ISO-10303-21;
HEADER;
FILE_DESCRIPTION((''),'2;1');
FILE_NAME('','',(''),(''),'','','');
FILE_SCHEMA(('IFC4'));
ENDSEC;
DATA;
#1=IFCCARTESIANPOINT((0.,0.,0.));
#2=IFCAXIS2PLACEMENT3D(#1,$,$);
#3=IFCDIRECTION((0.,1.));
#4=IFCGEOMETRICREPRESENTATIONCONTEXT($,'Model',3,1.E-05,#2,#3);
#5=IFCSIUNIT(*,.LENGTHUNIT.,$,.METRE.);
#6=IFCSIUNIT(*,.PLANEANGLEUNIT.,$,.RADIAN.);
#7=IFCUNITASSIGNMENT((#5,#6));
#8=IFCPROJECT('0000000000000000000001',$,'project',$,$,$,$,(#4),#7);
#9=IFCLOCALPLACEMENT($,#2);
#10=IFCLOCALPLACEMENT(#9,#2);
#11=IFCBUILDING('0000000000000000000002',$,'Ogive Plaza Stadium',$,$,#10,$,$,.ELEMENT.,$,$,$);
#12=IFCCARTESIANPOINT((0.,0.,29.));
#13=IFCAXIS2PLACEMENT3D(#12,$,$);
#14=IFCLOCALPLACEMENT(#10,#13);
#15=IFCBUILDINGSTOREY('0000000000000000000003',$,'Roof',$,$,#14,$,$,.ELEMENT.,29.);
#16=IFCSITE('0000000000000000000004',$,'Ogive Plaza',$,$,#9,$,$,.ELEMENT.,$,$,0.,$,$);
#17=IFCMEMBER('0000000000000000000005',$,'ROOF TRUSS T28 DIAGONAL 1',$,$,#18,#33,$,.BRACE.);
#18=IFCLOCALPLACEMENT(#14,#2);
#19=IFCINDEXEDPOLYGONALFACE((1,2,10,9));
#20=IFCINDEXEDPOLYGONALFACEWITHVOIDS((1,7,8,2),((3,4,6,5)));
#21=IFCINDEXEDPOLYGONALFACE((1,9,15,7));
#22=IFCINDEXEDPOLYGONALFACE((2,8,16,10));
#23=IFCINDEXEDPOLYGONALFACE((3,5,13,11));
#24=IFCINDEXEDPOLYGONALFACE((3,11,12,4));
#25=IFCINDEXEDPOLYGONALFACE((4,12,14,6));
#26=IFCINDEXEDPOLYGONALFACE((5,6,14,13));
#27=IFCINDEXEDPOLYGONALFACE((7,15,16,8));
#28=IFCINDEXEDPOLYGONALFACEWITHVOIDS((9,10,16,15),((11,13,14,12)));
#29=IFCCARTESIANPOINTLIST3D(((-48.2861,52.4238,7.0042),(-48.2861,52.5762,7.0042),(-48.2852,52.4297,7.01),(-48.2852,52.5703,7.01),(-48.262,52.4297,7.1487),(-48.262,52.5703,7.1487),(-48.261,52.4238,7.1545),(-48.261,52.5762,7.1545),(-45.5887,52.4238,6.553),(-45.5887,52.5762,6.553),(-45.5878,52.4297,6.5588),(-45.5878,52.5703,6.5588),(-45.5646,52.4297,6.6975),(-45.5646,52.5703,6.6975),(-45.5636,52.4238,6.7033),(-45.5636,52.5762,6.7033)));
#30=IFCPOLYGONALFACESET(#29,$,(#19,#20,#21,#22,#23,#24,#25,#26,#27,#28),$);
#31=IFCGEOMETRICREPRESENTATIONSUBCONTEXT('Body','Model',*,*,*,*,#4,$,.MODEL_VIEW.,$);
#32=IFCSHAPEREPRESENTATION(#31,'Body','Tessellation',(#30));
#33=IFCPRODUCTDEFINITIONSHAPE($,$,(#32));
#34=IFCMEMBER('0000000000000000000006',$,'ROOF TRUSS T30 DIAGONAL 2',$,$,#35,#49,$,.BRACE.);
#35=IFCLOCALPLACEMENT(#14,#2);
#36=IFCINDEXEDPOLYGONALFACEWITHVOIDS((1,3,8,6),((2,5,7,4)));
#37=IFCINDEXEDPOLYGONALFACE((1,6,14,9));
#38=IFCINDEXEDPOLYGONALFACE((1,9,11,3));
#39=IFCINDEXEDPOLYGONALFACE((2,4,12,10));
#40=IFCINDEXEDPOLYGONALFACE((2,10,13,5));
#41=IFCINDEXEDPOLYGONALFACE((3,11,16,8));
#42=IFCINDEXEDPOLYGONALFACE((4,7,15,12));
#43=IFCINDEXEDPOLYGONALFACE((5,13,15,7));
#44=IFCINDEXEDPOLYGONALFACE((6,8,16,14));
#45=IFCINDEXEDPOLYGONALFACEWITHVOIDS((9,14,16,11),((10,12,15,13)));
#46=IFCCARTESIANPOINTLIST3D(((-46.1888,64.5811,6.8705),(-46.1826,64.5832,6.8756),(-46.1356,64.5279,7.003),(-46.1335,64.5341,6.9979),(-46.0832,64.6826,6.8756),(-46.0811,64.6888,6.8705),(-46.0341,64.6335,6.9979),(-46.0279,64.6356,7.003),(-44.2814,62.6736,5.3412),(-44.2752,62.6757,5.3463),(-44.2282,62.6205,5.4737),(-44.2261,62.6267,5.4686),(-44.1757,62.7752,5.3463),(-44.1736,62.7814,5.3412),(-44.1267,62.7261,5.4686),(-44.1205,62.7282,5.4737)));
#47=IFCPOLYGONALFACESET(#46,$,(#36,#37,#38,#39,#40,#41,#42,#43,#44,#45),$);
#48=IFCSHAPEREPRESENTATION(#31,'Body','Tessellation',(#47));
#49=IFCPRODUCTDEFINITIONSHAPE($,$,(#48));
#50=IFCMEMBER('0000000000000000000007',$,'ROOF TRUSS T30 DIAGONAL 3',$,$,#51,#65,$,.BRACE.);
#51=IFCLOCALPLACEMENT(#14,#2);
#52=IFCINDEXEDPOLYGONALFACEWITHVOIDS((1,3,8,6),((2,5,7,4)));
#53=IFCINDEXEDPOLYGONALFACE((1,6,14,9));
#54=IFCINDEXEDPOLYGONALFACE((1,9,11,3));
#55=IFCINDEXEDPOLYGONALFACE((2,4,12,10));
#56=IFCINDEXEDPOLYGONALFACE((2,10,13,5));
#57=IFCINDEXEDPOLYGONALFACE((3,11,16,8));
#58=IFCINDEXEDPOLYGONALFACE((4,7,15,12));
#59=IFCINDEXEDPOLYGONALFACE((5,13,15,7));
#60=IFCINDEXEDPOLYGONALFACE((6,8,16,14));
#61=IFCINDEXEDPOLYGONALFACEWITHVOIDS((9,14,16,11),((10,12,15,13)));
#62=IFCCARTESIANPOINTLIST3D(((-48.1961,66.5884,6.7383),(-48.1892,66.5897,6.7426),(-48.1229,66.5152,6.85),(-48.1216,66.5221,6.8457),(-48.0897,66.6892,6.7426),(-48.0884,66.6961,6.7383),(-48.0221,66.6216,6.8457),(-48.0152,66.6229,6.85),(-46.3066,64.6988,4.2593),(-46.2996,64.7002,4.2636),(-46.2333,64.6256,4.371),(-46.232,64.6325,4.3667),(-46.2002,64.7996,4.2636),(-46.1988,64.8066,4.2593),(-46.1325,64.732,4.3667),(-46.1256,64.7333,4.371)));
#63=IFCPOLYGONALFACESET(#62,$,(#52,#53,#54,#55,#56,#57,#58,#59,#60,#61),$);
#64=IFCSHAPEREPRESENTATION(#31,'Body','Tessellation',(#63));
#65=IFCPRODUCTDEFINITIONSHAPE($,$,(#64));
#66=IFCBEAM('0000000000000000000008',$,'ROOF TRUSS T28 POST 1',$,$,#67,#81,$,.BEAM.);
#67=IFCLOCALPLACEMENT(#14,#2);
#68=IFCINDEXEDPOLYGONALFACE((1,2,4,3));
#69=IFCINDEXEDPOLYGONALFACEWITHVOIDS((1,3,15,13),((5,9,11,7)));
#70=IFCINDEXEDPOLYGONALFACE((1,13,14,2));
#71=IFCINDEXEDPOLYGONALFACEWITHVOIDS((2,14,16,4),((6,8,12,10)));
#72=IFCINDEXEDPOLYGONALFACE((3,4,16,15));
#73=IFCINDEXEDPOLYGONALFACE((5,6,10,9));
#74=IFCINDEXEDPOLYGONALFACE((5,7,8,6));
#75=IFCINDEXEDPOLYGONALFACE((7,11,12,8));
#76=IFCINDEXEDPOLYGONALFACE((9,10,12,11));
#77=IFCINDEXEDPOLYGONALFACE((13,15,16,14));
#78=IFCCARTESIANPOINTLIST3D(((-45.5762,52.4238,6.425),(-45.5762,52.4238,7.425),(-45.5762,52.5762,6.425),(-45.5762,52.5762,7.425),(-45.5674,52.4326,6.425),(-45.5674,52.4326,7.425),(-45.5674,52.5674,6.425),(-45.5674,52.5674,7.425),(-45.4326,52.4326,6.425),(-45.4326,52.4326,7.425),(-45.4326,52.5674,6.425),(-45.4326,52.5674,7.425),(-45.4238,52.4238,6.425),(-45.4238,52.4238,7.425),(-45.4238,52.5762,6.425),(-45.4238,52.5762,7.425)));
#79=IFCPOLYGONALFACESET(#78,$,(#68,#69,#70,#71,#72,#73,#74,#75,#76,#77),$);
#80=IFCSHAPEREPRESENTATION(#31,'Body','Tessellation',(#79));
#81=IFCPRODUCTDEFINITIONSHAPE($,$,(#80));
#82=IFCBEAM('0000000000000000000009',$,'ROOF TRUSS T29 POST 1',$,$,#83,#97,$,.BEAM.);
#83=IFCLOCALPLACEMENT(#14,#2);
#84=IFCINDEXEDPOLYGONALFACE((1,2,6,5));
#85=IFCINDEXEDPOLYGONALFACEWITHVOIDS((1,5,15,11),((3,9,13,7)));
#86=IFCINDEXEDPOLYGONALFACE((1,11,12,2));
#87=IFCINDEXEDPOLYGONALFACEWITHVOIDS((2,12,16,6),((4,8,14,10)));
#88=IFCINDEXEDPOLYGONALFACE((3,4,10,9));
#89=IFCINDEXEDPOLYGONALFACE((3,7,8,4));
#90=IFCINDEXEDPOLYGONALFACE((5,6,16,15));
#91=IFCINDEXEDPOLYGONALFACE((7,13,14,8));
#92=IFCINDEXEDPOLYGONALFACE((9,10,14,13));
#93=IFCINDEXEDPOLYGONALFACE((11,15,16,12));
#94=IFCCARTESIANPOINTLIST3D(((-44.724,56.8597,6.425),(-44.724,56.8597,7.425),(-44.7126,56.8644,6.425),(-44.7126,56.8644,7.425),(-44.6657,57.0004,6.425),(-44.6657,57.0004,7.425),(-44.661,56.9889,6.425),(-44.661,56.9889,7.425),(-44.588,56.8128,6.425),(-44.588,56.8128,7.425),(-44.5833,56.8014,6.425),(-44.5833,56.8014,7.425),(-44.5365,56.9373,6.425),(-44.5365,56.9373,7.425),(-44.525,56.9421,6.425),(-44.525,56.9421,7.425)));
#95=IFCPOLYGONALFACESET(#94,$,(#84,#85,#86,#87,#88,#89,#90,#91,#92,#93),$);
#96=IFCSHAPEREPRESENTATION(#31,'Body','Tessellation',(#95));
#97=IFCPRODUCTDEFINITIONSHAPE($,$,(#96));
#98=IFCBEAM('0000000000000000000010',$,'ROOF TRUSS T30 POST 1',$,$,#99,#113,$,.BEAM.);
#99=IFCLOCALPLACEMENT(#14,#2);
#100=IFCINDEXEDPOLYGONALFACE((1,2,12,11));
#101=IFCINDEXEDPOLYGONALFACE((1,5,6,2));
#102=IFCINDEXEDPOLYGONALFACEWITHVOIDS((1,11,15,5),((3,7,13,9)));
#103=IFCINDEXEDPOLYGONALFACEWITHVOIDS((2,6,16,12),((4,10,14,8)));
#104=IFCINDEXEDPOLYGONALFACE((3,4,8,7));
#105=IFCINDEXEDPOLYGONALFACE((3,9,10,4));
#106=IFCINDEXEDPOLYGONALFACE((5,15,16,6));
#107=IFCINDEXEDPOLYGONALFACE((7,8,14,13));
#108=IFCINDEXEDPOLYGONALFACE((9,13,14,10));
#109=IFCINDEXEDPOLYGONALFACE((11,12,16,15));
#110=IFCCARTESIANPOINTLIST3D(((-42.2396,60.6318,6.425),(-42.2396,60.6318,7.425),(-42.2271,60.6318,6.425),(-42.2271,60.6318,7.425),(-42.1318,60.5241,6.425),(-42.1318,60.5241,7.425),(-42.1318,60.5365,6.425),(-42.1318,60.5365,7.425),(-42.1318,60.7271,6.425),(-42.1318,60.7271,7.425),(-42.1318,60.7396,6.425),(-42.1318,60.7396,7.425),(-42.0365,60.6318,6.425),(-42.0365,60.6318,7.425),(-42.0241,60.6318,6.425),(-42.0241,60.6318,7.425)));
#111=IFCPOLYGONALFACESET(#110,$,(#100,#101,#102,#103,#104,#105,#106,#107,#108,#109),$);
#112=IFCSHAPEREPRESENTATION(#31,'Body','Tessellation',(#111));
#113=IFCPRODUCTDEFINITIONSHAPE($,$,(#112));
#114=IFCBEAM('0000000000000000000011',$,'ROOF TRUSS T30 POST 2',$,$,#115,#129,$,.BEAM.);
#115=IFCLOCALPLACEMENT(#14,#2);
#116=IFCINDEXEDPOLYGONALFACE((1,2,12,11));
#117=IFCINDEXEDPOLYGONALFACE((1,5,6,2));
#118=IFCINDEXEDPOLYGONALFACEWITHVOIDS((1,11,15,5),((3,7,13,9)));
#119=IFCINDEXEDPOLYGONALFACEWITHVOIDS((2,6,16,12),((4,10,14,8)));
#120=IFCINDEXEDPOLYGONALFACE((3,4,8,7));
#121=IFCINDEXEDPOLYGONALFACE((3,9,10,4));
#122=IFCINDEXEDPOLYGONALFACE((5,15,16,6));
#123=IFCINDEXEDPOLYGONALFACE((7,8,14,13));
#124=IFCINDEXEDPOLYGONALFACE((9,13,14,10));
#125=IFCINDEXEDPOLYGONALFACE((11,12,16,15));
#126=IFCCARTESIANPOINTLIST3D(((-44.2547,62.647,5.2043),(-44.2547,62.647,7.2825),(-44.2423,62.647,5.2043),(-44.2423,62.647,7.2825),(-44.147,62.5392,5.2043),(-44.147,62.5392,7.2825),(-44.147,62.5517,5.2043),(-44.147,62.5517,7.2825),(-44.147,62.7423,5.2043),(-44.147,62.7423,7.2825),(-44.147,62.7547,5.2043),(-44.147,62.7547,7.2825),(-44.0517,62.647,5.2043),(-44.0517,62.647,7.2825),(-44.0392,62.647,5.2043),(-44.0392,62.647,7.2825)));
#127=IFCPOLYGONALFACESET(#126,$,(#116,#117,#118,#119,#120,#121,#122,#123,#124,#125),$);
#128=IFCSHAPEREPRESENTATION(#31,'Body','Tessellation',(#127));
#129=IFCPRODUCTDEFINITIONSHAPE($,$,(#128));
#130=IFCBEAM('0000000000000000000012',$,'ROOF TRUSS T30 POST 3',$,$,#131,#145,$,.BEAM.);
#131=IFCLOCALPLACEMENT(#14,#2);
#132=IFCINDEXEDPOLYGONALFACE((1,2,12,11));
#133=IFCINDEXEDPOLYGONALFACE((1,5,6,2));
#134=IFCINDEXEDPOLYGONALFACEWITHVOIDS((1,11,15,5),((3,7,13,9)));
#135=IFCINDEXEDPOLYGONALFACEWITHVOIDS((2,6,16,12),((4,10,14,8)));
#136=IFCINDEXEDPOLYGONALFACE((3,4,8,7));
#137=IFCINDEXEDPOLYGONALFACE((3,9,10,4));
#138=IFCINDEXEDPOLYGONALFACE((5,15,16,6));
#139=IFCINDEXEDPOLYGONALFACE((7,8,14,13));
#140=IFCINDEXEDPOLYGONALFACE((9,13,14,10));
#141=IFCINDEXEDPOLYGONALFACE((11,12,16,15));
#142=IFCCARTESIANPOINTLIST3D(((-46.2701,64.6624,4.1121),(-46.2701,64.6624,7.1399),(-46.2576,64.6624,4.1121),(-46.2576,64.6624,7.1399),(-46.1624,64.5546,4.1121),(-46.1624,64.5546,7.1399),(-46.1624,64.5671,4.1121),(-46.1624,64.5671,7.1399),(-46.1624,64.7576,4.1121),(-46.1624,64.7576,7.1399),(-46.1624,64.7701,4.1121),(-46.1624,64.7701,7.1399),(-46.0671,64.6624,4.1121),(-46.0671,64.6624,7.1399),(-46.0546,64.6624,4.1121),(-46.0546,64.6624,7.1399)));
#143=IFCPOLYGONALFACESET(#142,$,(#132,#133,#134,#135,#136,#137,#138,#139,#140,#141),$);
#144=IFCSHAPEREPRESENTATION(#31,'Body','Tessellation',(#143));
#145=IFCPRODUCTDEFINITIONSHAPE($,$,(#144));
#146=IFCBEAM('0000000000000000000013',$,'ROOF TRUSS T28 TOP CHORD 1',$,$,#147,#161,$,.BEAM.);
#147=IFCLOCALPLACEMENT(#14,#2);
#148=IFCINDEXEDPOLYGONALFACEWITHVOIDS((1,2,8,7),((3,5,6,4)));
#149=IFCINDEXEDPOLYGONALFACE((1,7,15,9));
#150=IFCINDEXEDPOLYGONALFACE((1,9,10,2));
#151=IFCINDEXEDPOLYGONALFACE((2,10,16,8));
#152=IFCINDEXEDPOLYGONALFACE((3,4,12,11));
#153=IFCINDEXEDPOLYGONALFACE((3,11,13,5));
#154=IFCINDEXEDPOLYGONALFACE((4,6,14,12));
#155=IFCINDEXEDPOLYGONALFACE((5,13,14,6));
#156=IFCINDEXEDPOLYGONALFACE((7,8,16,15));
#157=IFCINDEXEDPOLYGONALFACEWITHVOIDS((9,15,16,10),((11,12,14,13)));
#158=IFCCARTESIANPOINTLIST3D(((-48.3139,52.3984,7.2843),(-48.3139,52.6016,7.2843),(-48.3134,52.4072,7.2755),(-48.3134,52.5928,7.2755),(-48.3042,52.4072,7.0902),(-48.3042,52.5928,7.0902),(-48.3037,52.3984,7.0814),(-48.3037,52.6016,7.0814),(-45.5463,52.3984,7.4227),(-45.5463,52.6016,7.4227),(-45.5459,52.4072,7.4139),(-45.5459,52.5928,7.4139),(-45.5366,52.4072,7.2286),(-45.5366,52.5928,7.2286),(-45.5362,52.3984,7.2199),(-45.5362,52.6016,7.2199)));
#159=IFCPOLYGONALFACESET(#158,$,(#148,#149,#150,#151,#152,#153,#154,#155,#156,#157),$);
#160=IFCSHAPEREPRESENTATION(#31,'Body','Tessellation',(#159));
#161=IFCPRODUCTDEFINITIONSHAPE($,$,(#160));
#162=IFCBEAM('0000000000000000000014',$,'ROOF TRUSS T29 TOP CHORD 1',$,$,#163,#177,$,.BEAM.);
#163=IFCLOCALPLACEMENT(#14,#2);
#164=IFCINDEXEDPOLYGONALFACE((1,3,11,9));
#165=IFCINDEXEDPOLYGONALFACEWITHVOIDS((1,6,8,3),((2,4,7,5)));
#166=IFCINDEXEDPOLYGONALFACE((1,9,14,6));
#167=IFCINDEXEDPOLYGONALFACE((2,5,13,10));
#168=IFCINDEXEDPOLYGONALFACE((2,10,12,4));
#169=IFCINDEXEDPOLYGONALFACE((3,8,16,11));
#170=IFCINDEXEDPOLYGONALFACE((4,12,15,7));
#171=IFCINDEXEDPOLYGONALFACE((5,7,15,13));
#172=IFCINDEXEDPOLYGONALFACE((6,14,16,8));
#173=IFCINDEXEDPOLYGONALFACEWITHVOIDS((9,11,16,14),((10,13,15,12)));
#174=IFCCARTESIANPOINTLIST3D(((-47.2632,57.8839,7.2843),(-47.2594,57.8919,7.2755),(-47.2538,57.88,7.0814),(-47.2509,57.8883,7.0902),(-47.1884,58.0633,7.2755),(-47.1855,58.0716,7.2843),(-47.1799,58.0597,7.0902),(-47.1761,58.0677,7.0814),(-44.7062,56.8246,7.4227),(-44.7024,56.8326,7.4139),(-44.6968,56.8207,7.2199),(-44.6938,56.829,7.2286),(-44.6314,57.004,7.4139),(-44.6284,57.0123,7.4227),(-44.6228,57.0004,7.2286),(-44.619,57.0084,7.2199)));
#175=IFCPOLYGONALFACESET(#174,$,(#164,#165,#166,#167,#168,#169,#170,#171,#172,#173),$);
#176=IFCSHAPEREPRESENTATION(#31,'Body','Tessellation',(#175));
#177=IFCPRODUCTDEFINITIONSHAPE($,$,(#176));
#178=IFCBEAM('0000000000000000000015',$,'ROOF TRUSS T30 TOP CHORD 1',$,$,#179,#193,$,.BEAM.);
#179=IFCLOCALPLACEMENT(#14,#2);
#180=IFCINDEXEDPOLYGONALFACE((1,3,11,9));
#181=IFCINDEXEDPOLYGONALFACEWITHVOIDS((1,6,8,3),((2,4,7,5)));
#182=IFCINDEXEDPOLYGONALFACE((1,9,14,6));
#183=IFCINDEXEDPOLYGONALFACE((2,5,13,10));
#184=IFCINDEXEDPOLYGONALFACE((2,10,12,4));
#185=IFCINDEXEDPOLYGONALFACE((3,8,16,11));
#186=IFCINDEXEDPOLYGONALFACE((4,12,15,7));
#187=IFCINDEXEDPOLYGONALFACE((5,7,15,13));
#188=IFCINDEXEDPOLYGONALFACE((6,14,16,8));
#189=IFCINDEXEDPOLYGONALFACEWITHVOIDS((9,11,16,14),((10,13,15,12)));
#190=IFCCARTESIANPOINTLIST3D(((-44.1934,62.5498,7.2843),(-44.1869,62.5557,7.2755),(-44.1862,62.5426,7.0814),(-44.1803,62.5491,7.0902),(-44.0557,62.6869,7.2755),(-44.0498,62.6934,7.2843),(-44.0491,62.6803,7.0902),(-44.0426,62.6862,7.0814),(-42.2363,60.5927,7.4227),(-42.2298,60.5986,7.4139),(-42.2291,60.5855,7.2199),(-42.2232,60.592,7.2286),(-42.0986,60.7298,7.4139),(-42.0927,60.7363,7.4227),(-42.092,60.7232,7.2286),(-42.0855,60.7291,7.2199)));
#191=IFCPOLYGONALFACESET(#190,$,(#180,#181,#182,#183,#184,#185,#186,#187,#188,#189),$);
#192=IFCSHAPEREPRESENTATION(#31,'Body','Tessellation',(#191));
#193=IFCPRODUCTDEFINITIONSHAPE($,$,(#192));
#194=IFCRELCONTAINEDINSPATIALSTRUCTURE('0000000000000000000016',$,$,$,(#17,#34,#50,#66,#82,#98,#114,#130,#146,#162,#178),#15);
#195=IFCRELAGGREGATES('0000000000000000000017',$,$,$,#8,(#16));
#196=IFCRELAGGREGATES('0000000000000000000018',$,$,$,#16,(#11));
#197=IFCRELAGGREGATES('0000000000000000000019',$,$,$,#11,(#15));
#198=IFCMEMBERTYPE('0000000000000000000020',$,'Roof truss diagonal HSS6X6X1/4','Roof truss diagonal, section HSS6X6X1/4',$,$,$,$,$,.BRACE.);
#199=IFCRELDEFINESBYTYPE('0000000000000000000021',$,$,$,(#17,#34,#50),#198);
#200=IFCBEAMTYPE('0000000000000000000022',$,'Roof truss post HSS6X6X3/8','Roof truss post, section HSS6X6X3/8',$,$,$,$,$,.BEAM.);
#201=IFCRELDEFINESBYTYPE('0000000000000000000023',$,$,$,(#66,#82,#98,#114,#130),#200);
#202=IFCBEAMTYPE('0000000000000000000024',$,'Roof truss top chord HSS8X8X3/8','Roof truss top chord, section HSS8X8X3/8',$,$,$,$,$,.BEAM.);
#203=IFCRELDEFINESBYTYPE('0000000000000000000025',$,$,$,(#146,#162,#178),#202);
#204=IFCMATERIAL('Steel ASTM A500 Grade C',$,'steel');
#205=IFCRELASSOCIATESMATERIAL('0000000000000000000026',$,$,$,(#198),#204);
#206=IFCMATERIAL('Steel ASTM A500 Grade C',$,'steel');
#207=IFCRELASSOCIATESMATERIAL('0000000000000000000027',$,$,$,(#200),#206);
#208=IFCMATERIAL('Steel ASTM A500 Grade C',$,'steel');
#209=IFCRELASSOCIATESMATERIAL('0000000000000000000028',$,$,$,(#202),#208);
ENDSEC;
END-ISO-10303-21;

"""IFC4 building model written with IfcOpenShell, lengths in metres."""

from ifc_helpers import new_model, si_unit, direction, frame, origin, origin_2d, place, context, subcontext, project, spatial, hollow_rectangle, extrude, material, material_profile, profile_set, type_object, element, save


model = new_model("IFC4")

# Units and contexts
model_context = context("Model", 3, precision=1e-05, world=origin(), true_north=direction((0.0, 1.0)))
body_context = subcontext(model_context, "Body", "Model", "MODEL_VIEW")
ifc_project = project(units=[si_unit("LENGTHUNIT", "METRE"), si_unit("PLANEANGLEUNIT", "RADIAN")], contexts=[model_context])

# Site, building, storey
site_placement = place(None, origin())
site = spatial("IfcSite", under=ifc_project, at=site_placement, Name="Ogive Plaza", CompositionType="ELEMENT", RefElevation=0.0)
building_placement = place(site_placement, origin())
building = spatial("IfcBuilding", under=site, at=building_placement, Name="Ogive Plaza Stadium", CompositionType="ELEMENT")
storey_placement = place(building_placement, frame((0.0, 0.0, 29.0)))
storey = spatial("IfcBuildingStorey", under=building, at=storey_placement, Name="Roof", CompositionType="ELEMENT", Elevation=29.0)

# Members
ifc_material_1 = material(Name="Steel ASTM A500 Grade C", Category="steel")
ifc_material_profile_1 = material_profile(ifc_material_1, hollow_rectangle(XDim=0.1523, YDim=0.1523, WallThickness=0.0059, at=origin_2d()), Name="HSS6X6X1/4")
ifc_profile_set_1 = profile_set([ifc_material_profile_1], Name="Steel ASTM A500 Grade C")
member_type_1 = type_object("IfcMemberType", Name="Roof truss diagonal HSS6X6X1/4", Description="Roof truss diagonal, section HSS6X6X1/4", PredefinedType="BRACE", material=ifc_profile_set_1)
member_1_placement = place(storey_placement, frame((-45.5762, 52.5, 6.6282), z_axis=(-0.9863, 0.0, 0.164964), x_axis=(0.0, -1.0, 0.0)))
element("IfcMember", 1, at=member_1_placement, inside=storey, type_object=member_type_1, Name="ROOF TRUSS T28 DIAGONAL 1", PredefinedType="BRACE", context=body_context, shape_type="SweptSolid", body=[
    extrude(hollow_rectangle(XDim=0.1523, YDim=0.1523, WallThickness=0.0059, at=origin_2d()), origin(), (0.0, 0.0, 1.0), 2.7349),
])
member_2_placement = place(storey_placement, frame((-44.2009, 62.7009, 5.4075), z_axis=(-0.615133, 0.615133, 0.493177), x_axis=(-0.707107, -0.707107, 0.0)))
element("IfcMember", 2, at=member_2_placement, inside=storey, type_object=member_type_1, Name="ROOF TRUSS T30 DIAGONAL 2", PredefinedType="BRACE", context=body_context, shape_type="SweptSolid", body=[
    extrude(hollow_rectangle(XDim=0.1523, YDim=0.1523, WallThickness=0.0059, at=origin_2d()), origin(), (0.0, 0.0, 1.0), 3.1008),
])
member_3_placement = place(storey_placement, frame((-46.2161, 64.7161, 4.3152), z_axis=(-0.518403, 0.518403, 0.680086), x_axis=(-0.707107, -0.707107, 0.0)))
element("IfcMember", 3, at=member_3_placement, inside=storey, type_object=member_type_1, Name="ROOF TRUSS T30 DIAGONAL 3", PredefinedType="BRACE", context=body_context, shape_type="SweptSolid", body=[
    extrude(hollow_rectangle(XDim=0.1523, YDim=0.1523, WallThickness=0.0059, at=origin_2d()), origin(), (0.0, 0.0, 1.0), 3.645),
])

# Beams
ifc_material_2 = material(Name="Steel ASTM A500 Grade C", Category="steel")
ifc_material_profile_2 = material_profile(ifc_material_2, hollow_rectangle(XDim=0.1523, YDim=0.1523, WallThickness=0.0088, at=origin_2d()), Name="HSS6X6X3/8")
ifc_profile_set_2 = profile_set([ifc_material_profile_2], Name="Steel ASTM A500 Grade C")
beam_type_1 = type_object("IfcBeamType", Name="Roof truss post HSS6X6X3/8", Description="Roof truss post, section HSS6X6X3/8", PredefinedType="BEAM", material=ifc_profile_set_2)
for number, where, z_axis, x_axis, name in (
    (4, (-45.5, 52.5, 6.425), (0.0, 0.0, 1.0), (0.0, -1.0, 0.0), "ROOF TRUSS T28 POST 1"),
    (5, (-44.6245, 56.9009, 6.425), (0.0, 0.0, 1.0), (-0.382683, -0.92388, 0.0), "ROOF TRUSS T29 POST 1"),
    (6, (-42.1318, 60.6318, 6.425), (0.0, 0.0, 1.0), (-0.707107, -0.707107, 0.0), "ROOF TRUSS T30 POST 1"),
):
    element("IfcBeam", number, at=place(storey_placement, frame(where, z_axis=z_axis, x_axis=x_axis)), inside=storey, type_object=beam_type_1, Name=name, PredefinedType="BEAM", context=body_context, shape_type="SweptSolid", body=[
        extrude(hollow_rectangle(XDim=0.1523, YDim=0.1523, WallThickness=0.0088, at=origin_2d()), origin(), (0.0, 0.0, 1.0), 1.0),
    ])
beam_1_placement = place(storey_placement, frame((-44.147, 62.647, 5.2043), z_axis=(0.0, 0.0, 1.0), x_axis=(-0.707107, -0.707107, 0.0)))
element("IfcBeam", 7, at=beam_1_placement, inside=storey, type_object=beam_type_1, Name="ROOF TRUSS T30 POST 2", PredefinedType="BEAM", context=body_context, shape_type="SweptSolid", body=[
    extrude(hollow_rectangle(XDim=0.1523, YDim=0.1523, WallThickness=0.0088, at=origin_2d()), origin(), (0.0, 0.0, 1.0), 2.0781),
])
beam_2_placement = place(storey_placement, frame((-46.1624, 64.6624, 4.1121), z_axis=(0.0, 0.0, 1.0), x_axis=(-0.707107, -0.707107, 0.0)))
element("IfcBeam", 8, at=beam_2_placement, inside=storey, type_object=beam_type_1, Name="ROOF TRUSS T30 POST 3", PredefinedType="BEAM", context=body_context, shape_type="SweptSolid", body=[
    extrude(hollow_rectangle(XDim=0.1523, YDim=0.1523, WallThickness=0.0088, at=origin_2d()), origin(), (0.0, 0.0, 1.0), 3.0278),
])
ifc_material_3 = material(Name="Steel ASTM A500 Grade C", Category="steel")
ifc_material_profile_3 = material_profile(ifc_material_3, hollow_rectangle(XDim=0.2031, YDim=0.2031, WallThickness=0.0088, at=origin_2d()), Name="HSS8X8X3/8")
ifc_profile_set_3 = profile_set([ifc_material_profile_3], Name="Steel ASTM A500 Grade C")
beam_type_2 = type_object("IfcBeamType", Name="Roof truss top chord HSS8X8X3/8", Description="Roof truss top chord, section HSS8X8X3/8", PredefinedType="BEAM", material=ifc_profile_set_3)
beam_3_placement = place(storey_placement, frame((-45.5413, 52.5, 7.3213), z_axis=(-0.998751, 0.0, -0.049955), x_axis=(0.0, -1.0, 0.0)))
element("IfcBeam", 9, at=beam_3_placement, inside=storey, type_object=beam_type_2, Name="ROOF TRUSS T28 TOP CHORD 1", PredefinedType="BEAM", context=body_context, shape_type="SweptSolid", body=[
    extrude(hollow_rectangle(XDim=0.2031, YDim=0.2031, WallThickness=0.0088, at=origin_2d()), origin(), (0.0, 0.0, 1.0), 2.771),
])
for number, where, z_axis, x_axis, name in (
    (10, (-44.6626, 56.9165, 7.3213), (-0.92271, 0.382245, -0.04995), (-0.382723, -0.923863, 0.0), "ROOF TRUSS T29 TOP CHORD 1"),
    (11, (-42.1609, 60.6609, 7.3213), (-0.706224, 0.706224, -0.049954), (-0.707107, -0.707107, 0.0), "ROOF TRUSS T30 TOP CHORD 1"),
):
    element("IfcBeam", number, at=place(storey_placement, frame(where, z_axis=z_axis, x_axis=x_axis)), inside=storey, type_object=beam_type_2, Name=name, PredefinedType="BEAM", context=body_context, shape_type="SweptSolid", body=[
        extrude(hollow_rectangle(XDim=0.2031, YDim=0.2031, WallThickness=0.0088, at=origin_2d()), origin(), (0.0, 0.0, 1.0), 2.7712),
    ])

save(model, "model.ifc")
